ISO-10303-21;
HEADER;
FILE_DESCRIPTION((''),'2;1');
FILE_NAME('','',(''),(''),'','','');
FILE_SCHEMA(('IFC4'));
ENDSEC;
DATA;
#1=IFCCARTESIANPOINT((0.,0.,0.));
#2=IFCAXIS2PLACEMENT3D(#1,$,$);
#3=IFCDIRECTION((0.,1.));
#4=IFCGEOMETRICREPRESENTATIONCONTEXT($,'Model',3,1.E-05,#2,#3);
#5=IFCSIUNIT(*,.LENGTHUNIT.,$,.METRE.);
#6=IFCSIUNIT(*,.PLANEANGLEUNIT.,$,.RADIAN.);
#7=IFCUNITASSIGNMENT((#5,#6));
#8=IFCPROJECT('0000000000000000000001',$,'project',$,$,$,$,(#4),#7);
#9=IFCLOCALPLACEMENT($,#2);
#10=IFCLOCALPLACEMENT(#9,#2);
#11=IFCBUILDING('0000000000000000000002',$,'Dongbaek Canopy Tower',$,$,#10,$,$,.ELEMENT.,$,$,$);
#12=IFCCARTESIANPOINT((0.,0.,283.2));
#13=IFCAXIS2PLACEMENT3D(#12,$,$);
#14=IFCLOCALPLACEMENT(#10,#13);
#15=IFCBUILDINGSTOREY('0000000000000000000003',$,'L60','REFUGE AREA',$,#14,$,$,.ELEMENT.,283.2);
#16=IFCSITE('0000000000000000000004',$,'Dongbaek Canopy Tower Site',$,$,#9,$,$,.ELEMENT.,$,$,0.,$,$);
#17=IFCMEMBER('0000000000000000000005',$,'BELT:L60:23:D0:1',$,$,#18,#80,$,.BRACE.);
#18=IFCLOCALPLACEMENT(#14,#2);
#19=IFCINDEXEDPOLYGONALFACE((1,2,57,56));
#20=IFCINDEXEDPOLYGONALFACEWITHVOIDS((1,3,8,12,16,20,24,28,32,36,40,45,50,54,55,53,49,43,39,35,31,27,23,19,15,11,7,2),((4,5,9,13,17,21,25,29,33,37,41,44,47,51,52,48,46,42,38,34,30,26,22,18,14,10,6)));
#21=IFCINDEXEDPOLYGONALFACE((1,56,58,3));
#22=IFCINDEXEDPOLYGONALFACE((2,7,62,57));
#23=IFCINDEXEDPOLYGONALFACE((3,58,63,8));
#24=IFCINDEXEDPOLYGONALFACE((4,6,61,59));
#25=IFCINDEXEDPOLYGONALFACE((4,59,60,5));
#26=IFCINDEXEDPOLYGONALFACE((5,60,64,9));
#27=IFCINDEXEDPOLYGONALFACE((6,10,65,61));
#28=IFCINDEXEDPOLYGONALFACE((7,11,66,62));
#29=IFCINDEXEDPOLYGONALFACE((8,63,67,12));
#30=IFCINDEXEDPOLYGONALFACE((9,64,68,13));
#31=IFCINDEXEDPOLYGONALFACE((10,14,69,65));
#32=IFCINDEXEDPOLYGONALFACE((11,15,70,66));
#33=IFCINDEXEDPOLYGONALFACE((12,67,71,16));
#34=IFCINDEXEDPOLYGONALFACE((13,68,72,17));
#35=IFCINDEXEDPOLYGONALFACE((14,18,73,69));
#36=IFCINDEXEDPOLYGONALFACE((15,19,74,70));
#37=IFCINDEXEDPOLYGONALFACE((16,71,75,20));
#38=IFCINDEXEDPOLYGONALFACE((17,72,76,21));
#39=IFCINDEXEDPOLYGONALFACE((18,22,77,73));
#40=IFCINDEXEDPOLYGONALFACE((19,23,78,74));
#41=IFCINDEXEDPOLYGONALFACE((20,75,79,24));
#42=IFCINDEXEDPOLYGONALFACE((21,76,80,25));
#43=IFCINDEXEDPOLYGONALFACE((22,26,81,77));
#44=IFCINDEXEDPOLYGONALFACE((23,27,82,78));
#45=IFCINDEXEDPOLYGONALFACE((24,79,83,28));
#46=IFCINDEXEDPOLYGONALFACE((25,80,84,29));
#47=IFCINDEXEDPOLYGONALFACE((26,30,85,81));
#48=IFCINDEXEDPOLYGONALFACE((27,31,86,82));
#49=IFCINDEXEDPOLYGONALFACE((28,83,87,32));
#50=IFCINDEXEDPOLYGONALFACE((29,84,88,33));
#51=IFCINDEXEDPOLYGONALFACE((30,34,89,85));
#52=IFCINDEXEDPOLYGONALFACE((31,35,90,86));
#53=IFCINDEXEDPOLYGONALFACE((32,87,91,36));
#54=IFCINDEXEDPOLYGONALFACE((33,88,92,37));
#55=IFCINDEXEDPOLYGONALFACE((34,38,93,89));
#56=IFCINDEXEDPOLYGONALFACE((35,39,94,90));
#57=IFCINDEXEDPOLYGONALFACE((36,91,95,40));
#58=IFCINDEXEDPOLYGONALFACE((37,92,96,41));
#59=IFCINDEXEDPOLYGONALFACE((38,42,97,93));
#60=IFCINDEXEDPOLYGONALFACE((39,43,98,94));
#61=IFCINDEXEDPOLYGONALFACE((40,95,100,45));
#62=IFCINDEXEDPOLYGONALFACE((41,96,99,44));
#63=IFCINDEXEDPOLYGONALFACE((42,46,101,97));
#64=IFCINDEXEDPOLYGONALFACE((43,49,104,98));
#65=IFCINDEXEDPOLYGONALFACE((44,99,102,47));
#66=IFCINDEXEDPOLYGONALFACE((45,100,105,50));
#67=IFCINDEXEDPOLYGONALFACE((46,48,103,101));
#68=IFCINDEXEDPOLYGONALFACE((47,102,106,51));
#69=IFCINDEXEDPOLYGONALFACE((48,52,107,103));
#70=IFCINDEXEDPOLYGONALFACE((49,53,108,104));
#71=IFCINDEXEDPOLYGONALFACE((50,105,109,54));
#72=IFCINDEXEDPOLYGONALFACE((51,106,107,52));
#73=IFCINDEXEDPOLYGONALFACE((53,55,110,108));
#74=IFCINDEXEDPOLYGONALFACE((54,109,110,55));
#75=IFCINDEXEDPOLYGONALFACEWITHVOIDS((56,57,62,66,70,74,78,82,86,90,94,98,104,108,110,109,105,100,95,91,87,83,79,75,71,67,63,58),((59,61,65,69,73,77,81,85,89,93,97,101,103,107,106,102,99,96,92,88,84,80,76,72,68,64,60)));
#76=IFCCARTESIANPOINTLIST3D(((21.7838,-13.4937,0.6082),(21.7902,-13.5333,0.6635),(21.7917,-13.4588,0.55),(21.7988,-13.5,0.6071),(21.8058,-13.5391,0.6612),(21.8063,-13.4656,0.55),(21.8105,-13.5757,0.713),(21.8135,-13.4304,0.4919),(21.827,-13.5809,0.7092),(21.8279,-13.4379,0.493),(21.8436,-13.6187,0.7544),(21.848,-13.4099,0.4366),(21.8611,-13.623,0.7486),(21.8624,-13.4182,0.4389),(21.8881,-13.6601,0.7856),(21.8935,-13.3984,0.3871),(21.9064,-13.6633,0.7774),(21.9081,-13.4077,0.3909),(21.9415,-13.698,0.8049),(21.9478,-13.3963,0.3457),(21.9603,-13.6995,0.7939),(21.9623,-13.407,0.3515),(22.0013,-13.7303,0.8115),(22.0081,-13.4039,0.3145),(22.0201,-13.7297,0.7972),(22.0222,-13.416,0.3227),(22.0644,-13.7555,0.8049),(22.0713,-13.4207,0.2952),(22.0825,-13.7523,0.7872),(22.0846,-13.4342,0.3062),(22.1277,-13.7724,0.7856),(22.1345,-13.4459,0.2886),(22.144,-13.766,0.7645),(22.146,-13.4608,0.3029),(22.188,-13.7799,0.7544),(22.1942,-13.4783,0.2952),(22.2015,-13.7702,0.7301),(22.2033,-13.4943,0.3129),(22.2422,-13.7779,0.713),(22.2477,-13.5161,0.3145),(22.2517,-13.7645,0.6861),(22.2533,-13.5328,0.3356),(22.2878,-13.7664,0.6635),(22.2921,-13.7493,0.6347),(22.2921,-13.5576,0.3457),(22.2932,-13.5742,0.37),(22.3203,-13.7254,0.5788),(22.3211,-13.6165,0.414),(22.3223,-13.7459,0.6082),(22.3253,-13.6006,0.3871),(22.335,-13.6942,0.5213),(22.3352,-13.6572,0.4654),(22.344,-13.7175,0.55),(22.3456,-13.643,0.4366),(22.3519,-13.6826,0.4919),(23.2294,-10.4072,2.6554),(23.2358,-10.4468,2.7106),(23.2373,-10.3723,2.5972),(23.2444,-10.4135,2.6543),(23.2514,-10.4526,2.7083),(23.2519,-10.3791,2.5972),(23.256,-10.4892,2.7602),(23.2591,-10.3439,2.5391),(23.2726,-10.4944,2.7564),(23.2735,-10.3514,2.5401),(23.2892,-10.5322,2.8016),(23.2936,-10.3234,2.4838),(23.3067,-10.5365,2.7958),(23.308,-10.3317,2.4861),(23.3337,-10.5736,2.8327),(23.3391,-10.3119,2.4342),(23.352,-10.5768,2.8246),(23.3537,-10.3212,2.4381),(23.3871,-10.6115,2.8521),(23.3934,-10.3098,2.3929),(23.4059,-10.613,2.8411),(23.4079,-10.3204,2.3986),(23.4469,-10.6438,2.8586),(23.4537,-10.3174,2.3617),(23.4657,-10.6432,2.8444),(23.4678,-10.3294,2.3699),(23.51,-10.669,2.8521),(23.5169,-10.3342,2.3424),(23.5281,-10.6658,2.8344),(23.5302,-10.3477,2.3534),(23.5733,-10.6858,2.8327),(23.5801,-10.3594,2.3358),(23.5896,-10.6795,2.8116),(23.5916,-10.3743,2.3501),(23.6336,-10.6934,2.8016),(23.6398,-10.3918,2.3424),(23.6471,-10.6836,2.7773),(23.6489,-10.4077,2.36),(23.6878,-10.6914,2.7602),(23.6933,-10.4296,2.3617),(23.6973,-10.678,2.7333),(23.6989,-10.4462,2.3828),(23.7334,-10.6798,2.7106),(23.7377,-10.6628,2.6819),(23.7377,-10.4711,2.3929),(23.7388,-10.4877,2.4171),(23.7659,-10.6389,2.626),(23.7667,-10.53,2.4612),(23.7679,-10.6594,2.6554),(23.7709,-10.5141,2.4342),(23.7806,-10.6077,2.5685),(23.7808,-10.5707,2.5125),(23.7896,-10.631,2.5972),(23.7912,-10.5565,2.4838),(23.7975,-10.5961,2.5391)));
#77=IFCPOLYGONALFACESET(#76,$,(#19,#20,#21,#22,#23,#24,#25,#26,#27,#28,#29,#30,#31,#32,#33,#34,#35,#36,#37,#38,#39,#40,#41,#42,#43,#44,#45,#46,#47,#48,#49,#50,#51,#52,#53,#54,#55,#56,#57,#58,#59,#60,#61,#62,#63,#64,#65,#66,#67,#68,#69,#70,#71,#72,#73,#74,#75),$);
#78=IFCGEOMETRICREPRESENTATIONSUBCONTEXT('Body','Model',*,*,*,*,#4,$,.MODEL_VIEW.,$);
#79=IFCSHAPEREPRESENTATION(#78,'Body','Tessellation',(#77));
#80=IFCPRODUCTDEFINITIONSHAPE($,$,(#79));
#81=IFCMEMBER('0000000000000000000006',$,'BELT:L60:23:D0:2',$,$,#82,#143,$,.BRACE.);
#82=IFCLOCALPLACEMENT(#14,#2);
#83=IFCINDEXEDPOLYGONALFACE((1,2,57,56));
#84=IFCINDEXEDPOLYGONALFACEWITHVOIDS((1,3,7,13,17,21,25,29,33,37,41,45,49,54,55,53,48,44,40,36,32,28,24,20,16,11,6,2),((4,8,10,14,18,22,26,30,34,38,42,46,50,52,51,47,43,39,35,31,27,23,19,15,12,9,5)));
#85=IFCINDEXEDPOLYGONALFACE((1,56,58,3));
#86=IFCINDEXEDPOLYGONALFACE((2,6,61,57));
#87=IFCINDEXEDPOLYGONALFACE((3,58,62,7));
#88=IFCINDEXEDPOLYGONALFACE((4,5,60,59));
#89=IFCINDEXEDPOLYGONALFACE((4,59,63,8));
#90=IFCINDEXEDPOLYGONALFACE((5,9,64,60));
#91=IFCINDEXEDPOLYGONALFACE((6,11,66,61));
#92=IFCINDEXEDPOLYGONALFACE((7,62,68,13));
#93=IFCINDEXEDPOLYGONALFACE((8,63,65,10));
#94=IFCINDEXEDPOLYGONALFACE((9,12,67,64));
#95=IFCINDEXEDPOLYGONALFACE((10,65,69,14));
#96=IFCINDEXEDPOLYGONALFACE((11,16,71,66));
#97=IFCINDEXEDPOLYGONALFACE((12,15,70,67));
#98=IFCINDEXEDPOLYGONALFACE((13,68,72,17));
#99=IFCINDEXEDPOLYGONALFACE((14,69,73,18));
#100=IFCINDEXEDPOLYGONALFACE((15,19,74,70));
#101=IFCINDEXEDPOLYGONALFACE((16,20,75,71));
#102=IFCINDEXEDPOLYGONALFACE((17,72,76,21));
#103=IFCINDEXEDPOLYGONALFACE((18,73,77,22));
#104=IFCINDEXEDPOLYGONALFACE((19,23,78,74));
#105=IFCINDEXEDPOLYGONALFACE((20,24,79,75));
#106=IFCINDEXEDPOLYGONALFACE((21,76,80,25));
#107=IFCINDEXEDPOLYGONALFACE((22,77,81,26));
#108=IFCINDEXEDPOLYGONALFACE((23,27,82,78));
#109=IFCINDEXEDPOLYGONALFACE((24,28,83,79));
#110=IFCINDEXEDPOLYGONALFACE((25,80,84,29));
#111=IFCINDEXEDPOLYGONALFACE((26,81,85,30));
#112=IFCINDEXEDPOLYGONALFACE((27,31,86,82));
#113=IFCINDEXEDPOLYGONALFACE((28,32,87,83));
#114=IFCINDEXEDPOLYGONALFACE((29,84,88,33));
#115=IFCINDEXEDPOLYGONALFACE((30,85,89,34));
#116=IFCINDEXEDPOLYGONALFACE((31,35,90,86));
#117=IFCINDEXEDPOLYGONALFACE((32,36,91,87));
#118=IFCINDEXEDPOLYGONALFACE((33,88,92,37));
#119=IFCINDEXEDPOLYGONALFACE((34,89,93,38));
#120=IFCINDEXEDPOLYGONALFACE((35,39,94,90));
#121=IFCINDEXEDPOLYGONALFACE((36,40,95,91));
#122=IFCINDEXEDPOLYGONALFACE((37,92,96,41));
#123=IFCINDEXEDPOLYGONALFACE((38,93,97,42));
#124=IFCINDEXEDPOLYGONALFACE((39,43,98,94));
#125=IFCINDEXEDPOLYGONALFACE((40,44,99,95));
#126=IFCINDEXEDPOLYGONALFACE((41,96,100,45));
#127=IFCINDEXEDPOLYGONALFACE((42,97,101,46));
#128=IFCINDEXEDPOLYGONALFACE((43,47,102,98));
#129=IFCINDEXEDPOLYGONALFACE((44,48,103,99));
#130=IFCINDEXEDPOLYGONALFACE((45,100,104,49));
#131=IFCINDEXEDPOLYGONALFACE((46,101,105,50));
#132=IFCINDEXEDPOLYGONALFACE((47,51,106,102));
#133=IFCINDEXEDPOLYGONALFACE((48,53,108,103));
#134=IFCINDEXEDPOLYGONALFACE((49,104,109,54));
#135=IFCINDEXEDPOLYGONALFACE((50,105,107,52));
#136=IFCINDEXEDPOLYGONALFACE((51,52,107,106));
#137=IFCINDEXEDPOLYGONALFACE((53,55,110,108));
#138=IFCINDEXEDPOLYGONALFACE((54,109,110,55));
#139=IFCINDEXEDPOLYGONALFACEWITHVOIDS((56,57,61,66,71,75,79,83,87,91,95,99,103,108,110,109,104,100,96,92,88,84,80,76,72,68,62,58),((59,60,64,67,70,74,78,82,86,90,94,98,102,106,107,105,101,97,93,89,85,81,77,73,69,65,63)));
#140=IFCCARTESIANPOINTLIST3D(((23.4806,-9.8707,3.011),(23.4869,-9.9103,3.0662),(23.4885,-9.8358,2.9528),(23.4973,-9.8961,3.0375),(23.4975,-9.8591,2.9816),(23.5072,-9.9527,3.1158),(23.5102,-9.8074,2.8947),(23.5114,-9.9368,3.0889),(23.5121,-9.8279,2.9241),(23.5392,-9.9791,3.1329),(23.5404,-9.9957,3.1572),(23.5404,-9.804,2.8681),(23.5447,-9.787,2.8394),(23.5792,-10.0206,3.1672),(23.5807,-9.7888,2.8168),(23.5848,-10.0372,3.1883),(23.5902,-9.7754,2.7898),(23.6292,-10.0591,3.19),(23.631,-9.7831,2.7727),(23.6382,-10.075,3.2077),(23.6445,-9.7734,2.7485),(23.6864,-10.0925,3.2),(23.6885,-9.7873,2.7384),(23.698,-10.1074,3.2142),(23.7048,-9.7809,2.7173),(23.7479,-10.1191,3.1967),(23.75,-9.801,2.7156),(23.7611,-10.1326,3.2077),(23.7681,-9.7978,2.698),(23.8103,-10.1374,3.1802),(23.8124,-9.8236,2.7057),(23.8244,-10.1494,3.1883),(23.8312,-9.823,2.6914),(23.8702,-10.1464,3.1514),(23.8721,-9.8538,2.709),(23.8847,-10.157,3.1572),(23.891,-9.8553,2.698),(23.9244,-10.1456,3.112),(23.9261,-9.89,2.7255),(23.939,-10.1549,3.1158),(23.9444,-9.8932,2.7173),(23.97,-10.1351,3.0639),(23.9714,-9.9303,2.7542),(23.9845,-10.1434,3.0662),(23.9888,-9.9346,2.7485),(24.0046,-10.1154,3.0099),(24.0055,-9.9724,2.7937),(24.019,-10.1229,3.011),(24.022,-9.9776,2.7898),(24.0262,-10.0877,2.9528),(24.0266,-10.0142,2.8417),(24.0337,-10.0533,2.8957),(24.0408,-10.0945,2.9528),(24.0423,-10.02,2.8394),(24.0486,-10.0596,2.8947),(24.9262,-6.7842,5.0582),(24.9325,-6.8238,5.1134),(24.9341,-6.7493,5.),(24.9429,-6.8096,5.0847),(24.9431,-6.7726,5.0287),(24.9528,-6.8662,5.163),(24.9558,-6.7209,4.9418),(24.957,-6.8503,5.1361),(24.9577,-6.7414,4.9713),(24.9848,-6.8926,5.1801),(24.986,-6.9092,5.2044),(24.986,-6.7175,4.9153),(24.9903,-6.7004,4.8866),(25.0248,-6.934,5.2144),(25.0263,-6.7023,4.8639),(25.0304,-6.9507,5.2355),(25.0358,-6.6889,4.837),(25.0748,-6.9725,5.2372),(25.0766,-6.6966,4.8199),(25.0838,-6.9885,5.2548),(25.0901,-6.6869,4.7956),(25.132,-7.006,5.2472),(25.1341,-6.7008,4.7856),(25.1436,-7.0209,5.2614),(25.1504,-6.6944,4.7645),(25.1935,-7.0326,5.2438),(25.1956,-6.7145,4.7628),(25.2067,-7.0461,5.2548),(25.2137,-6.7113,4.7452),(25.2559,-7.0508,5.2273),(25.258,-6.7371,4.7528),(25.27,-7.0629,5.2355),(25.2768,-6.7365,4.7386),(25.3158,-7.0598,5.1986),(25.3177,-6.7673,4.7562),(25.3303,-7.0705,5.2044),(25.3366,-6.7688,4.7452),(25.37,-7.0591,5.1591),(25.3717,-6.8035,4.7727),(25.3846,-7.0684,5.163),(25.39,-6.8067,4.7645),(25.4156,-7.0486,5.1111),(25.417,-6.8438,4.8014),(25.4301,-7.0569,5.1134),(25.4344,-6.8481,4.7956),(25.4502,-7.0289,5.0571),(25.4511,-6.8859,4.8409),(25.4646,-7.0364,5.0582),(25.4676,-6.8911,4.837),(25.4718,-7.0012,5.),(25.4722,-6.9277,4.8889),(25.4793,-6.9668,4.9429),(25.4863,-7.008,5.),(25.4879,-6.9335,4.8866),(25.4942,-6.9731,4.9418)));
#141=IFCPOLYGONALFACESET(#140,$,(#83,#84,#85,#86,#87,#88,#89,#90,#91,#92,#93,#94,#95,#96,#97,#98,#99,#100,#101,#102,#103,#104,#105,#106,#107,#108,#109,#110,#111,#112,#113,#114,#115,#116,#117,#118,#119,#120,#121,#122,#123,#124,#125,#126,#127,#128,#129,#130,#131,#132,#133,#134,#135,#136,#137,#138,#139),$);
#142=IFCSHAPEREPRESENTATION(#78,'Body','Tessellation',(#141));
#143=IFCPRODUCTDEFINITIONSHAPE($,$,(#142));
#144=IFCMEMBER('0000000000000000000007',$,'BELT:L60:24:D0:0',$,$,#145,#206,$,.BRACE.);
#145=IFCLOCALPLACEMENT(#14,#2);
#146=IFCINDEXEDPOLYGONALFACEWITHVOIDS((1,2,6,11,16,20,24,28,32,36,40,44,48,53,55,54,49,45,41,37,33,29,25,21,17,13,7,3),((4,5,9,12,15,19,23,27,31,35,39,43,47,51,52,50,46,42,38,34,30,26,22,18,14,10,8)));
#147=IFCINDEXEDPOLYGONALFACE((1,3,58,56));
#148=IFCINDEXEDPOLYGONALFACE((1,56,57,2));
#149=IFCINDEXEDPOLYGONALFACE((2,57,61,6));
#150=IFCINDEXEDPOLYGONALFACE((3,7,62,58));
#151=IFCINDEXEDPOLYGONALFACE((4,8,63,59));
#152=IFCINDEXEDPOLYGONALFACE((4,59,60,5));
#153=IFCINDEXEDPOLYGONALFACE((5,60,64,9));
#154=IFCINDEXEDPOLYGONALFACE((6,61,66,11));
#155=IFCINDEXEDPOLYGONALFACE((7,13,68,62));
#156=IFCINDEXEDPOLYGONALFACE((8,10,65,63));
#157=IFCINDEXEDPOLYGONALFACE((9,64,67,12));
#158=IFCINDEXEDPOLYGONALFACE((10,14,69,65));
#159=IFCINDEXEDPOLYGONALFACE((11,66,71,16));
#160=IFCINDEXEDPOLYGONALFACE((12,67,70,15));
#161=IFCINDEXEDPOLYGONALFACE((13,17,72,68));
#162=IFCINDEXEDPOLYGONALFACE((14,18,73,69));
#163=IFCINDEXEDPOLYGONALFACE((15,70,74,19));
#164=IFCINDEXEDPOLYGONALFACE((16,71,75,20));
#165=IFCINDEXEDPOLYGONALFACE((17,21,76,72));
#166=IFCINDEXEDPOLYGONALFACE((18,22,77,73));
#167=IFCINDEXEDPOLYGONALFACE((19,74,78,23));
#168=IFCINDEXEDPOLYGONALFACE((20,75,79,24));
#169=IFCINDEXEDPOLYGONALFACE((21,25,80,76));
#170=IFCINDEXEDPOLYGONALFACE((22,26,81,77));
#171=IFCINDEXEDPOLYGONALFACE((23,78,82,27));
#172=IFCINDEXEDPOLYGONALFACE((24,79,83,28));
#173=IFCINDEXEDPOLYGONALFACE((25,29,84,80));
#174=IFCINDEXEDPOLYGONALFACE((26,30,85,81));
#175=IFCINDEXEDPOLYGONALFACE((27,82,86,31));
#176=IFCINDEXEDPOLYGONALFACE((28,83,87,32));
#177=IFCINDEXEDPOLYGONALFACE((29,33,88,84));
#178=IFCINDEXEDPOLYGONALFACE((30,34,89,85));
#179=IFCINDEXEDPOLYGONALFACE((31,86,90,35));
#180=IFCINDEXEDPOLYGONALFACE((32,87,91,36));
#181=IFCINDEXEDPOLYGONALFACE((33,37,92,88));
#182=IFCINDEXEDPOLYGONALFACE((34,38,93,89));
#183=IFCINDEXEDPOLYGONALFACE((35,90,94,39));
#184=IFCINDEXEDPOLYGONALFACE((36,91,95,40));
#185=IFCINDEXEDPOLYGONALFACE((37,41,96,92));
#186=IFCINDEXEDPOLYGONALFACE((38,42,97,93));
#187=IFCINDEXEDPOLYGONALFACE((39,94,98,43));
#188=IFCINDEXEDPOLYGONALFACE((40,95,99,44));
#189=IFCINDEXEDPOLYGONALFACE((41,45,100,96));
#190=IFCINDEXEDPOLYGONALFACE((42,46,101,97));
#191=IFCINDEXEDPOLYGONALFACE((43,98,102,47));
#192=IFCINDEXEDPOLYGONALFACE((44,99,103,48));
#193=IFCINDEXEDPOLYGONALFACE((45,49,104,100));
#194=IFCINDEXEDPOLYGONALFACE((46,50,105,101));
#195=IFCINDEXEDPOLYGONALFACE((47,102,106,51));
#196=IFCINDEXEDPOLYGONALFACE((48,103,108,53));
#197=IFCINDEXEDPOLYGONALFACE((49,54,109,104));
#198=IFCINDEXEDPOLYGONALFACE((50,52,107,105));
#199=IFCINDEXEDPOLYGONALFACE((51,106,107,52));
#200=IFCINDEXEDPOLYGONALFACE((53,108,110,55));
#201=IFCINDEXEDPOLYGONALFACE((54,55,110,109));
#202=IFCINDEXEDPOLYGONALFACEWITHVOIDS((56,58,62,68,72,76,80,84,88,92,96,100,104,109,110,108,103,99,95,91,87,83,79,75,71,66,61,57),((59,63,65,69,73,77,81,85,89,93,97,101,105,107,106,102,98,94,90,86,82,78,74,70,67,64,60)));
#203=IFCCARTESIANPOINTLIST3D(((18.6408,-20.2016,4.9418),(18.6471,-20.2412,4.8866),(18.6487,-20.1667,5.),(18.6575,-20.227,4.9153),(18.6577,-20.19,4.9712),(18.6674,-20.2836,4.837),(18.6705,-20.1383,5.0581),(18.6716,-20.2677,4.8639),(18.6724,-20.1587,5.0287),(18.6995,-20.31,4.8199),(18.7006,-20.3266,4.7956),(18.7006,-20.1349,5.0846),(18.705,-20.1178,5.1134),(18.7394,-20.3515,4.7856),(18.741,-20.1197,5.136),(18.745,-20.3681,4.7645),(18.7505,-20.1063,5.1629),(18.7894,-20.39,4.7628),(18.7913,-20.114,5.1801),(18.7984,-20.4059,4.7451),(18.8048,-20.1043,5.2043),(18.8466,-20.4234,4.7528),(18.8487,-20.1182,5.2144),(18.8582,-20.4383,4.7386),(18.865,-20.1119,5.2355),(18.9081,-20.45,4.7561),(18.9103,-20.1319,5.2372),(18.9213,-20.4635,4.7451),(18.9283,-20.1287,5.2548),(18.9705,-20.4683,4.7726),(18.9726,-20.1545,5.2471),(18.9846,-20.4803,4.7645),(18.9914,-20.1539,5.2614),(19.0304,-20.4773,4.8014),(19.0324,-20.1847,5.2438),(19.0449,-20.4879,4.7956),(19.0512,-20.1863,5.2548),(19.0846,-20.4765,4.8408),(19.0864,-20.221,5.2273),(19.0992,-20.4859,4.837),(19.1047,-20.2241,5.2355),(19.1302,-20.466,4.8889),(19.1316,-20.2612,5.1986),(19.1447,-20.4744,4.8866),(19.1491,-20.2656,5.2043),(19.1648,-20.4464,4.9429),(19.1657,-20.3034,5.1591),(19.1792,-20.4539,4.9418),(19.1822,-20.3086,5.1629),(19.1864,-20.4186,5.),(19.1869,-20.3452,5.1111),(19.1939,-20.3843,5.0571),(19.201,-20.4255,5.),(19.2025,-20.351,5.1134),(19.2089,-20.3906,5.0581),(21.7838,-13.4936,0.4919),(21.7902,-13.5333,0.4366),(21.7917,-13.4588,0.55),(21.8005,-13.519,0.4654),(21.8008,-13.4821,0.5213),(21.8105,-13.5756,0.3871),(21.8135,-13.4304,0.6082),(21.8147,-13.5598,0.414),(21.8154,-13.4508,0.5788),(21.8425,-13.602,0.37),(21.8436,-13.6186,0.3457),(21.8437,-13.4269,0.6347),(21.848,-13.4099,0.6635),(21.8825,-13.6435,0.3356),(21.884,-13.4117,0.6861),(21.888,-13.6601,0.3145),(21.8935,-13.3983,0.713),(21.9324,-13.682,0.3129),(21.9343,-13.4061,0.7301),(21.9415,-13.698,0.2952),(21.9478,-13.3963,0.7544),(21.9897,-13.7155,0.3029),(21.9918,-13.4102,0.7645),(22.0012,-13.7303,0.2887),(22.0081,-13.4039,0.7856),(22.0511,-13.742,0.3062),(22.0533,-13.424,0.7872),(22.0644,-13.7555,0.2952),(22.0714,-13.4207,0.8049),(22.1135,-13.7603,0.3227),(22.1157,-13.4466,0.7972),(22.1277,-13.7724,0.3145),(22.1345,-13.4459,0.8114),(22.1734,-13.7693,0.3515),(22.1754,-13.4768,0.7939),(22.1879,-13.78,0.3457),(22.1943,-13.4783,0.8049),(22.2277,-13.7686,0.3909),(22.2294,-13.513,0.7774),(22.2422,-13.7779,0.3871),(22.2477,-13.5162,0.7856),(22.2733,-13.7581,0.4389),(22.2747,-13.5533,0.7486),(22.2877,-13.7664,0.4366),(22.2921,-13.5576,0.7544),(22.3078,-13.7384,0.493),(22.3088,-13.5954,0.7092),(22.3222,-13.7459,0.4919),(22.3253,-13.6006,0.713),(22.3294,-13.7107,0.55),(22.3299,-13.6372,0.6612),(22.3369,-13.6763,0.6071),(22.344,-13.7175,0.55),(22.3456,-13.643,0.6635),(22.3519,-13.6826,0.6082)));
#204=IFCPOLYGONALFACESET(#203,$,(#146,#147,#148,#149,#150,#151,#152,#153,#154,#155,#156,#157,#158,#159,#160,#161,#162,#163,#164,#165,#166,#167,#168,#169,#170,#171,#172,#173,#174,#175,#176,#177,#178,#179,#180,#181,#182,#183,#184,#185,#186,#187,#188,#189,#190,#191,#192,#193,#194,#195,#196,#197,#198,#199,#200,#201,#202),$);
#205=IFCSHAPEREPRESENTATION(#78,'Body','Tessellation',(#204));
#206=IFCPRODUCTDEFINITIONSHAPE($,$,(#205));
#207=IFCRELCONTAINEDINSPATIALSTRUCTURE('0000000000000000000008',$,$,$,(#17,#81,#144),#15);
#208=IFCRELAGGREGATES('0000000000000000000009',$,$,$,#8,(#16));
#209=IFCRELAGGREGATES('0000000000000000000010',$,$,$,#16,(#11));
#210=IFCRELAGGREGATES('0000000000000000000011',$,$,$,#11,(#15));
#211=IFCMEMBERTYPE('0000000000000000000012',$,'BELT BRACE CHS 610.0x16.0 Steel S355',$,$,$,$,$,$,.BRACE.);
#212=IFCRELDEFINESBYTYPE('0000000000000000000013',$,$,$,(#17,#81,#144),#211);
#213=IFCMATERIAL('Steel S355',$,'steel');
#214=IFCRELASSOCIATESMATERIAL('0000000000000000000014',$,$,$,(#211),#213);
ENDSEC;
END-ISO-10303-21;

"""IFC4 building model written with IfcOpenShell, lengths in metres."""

from ifc_helpers import new_model, si_unit, direction, frame, origin, origin_2d, place, context, subcontext, project, spatial, hollow_circle, extrude, material, material_profile, profile_set, type_object, element, save


model = new_model("IFC4")

# Units and contexts
model_context = context("Model", 3, precision=1e-05, world=origin(), true_north=direction((0.0, 1.0)))
body_context = subcontext(model_context, "Body", "Model", "MODEL_VIEW")
ifc_project = project(units=[si_unit("LENGTHUNIT", "METRE"), si_unit("PLANEANGLEUNIT", "RADIAN")], contexts=[model_context])

# Site, building, storey
site_placement = place(None, origin())
site = spatial("IfcSite", under=ifc_project, at=site_placement, Name="Dongbaek Canopy Tower Site", CompositionType="ELEMENT", RefElevation=0.0)
building_placement = place(site_placement, origin())
building = spatial("IfcBuilding", under=site, at=building_placement, Name="Dongbaek Canopy Tower", CompositionType="ELEMENT")
storey_placement = place(building_placement, frame((0.0, 0.0, 283.2)))
storey = spatial("IfcBuildingStorey", under=building, at=storey_placement, Name="L60", Description="REFUGE AREA", CompositionType="ELEMENT", Elevation=283.2)

# Members
ifc_material_1 = material(Name="Steel S355", Category="steel")
ifc_material_profile_1 = material_profile(ifc_material_1, hollow_circle(Radius=0.3049, WallThickness=0.0161, at=origin_2d()), Name="BELT BRACE CHS 610.0x16.0 Steel S355")
ifc_profile_set_1 = profile_set([ifc_material_profile_1], Name="Steel S355")
member_type_1 = type_object("IfcMemberType", Name="BELT BRACE CHS 610.0x16.0 Steel S355", PredefinedType="BRACE", material=ifc_profile_set_1)
for number, where, z_axis, x_axis, name in (
    (1, (22.0679, -13.5881, 0.55), (0.363596, 0.776319, 0.514905), (-0.905595, 0.424144, 0.0), "BELT:L60:23:D0:1"),
    (2, (25.2102, -6.8787, 5.0), (-0.363596, -0.776319, -0.514905), (0.905595, -0.424144, 0.0), "BELT:L60:23:D0:2"),
):
    element("IfcMember", number, at=place(storey_placement, frame(where, z_axis=z_axis, x_axis=x_axis)), inside=storey, type_object=member_type_1, Name=name, PredefinedType="BRACE", context=body_context, shape_type="SweptSolid", body=[
        extrude(hollow_circle(Radius=0.3049, WallThickness=0.0161, at=origin_2d()), origin(), (0.0, 0.0, 1.0), 3.9758),
    ])
member_1_placement = place(storey_placement, frame((22.0679, -13.5881, 0.55), z_axis=(-0.363711, -0.776241, 0.514942), x_axis=(0.905527, -0.424289, 0.0)))
element("IfcMember", 3, at=member_1_placement, inside=storey, type_object=member_type_1, Name="BELT:L60:24:D0:0", PredefinedType="BRACE", context=body_context, shape_type="SweptSolid", body=[
    extrude(hollow_circle(Radius=0.3049, WallThickness=0.0161, at=origin_2d()), origin(), (0.0, 0.0, 1.0), 8.6416),
])

save(model, "model.ifc")
